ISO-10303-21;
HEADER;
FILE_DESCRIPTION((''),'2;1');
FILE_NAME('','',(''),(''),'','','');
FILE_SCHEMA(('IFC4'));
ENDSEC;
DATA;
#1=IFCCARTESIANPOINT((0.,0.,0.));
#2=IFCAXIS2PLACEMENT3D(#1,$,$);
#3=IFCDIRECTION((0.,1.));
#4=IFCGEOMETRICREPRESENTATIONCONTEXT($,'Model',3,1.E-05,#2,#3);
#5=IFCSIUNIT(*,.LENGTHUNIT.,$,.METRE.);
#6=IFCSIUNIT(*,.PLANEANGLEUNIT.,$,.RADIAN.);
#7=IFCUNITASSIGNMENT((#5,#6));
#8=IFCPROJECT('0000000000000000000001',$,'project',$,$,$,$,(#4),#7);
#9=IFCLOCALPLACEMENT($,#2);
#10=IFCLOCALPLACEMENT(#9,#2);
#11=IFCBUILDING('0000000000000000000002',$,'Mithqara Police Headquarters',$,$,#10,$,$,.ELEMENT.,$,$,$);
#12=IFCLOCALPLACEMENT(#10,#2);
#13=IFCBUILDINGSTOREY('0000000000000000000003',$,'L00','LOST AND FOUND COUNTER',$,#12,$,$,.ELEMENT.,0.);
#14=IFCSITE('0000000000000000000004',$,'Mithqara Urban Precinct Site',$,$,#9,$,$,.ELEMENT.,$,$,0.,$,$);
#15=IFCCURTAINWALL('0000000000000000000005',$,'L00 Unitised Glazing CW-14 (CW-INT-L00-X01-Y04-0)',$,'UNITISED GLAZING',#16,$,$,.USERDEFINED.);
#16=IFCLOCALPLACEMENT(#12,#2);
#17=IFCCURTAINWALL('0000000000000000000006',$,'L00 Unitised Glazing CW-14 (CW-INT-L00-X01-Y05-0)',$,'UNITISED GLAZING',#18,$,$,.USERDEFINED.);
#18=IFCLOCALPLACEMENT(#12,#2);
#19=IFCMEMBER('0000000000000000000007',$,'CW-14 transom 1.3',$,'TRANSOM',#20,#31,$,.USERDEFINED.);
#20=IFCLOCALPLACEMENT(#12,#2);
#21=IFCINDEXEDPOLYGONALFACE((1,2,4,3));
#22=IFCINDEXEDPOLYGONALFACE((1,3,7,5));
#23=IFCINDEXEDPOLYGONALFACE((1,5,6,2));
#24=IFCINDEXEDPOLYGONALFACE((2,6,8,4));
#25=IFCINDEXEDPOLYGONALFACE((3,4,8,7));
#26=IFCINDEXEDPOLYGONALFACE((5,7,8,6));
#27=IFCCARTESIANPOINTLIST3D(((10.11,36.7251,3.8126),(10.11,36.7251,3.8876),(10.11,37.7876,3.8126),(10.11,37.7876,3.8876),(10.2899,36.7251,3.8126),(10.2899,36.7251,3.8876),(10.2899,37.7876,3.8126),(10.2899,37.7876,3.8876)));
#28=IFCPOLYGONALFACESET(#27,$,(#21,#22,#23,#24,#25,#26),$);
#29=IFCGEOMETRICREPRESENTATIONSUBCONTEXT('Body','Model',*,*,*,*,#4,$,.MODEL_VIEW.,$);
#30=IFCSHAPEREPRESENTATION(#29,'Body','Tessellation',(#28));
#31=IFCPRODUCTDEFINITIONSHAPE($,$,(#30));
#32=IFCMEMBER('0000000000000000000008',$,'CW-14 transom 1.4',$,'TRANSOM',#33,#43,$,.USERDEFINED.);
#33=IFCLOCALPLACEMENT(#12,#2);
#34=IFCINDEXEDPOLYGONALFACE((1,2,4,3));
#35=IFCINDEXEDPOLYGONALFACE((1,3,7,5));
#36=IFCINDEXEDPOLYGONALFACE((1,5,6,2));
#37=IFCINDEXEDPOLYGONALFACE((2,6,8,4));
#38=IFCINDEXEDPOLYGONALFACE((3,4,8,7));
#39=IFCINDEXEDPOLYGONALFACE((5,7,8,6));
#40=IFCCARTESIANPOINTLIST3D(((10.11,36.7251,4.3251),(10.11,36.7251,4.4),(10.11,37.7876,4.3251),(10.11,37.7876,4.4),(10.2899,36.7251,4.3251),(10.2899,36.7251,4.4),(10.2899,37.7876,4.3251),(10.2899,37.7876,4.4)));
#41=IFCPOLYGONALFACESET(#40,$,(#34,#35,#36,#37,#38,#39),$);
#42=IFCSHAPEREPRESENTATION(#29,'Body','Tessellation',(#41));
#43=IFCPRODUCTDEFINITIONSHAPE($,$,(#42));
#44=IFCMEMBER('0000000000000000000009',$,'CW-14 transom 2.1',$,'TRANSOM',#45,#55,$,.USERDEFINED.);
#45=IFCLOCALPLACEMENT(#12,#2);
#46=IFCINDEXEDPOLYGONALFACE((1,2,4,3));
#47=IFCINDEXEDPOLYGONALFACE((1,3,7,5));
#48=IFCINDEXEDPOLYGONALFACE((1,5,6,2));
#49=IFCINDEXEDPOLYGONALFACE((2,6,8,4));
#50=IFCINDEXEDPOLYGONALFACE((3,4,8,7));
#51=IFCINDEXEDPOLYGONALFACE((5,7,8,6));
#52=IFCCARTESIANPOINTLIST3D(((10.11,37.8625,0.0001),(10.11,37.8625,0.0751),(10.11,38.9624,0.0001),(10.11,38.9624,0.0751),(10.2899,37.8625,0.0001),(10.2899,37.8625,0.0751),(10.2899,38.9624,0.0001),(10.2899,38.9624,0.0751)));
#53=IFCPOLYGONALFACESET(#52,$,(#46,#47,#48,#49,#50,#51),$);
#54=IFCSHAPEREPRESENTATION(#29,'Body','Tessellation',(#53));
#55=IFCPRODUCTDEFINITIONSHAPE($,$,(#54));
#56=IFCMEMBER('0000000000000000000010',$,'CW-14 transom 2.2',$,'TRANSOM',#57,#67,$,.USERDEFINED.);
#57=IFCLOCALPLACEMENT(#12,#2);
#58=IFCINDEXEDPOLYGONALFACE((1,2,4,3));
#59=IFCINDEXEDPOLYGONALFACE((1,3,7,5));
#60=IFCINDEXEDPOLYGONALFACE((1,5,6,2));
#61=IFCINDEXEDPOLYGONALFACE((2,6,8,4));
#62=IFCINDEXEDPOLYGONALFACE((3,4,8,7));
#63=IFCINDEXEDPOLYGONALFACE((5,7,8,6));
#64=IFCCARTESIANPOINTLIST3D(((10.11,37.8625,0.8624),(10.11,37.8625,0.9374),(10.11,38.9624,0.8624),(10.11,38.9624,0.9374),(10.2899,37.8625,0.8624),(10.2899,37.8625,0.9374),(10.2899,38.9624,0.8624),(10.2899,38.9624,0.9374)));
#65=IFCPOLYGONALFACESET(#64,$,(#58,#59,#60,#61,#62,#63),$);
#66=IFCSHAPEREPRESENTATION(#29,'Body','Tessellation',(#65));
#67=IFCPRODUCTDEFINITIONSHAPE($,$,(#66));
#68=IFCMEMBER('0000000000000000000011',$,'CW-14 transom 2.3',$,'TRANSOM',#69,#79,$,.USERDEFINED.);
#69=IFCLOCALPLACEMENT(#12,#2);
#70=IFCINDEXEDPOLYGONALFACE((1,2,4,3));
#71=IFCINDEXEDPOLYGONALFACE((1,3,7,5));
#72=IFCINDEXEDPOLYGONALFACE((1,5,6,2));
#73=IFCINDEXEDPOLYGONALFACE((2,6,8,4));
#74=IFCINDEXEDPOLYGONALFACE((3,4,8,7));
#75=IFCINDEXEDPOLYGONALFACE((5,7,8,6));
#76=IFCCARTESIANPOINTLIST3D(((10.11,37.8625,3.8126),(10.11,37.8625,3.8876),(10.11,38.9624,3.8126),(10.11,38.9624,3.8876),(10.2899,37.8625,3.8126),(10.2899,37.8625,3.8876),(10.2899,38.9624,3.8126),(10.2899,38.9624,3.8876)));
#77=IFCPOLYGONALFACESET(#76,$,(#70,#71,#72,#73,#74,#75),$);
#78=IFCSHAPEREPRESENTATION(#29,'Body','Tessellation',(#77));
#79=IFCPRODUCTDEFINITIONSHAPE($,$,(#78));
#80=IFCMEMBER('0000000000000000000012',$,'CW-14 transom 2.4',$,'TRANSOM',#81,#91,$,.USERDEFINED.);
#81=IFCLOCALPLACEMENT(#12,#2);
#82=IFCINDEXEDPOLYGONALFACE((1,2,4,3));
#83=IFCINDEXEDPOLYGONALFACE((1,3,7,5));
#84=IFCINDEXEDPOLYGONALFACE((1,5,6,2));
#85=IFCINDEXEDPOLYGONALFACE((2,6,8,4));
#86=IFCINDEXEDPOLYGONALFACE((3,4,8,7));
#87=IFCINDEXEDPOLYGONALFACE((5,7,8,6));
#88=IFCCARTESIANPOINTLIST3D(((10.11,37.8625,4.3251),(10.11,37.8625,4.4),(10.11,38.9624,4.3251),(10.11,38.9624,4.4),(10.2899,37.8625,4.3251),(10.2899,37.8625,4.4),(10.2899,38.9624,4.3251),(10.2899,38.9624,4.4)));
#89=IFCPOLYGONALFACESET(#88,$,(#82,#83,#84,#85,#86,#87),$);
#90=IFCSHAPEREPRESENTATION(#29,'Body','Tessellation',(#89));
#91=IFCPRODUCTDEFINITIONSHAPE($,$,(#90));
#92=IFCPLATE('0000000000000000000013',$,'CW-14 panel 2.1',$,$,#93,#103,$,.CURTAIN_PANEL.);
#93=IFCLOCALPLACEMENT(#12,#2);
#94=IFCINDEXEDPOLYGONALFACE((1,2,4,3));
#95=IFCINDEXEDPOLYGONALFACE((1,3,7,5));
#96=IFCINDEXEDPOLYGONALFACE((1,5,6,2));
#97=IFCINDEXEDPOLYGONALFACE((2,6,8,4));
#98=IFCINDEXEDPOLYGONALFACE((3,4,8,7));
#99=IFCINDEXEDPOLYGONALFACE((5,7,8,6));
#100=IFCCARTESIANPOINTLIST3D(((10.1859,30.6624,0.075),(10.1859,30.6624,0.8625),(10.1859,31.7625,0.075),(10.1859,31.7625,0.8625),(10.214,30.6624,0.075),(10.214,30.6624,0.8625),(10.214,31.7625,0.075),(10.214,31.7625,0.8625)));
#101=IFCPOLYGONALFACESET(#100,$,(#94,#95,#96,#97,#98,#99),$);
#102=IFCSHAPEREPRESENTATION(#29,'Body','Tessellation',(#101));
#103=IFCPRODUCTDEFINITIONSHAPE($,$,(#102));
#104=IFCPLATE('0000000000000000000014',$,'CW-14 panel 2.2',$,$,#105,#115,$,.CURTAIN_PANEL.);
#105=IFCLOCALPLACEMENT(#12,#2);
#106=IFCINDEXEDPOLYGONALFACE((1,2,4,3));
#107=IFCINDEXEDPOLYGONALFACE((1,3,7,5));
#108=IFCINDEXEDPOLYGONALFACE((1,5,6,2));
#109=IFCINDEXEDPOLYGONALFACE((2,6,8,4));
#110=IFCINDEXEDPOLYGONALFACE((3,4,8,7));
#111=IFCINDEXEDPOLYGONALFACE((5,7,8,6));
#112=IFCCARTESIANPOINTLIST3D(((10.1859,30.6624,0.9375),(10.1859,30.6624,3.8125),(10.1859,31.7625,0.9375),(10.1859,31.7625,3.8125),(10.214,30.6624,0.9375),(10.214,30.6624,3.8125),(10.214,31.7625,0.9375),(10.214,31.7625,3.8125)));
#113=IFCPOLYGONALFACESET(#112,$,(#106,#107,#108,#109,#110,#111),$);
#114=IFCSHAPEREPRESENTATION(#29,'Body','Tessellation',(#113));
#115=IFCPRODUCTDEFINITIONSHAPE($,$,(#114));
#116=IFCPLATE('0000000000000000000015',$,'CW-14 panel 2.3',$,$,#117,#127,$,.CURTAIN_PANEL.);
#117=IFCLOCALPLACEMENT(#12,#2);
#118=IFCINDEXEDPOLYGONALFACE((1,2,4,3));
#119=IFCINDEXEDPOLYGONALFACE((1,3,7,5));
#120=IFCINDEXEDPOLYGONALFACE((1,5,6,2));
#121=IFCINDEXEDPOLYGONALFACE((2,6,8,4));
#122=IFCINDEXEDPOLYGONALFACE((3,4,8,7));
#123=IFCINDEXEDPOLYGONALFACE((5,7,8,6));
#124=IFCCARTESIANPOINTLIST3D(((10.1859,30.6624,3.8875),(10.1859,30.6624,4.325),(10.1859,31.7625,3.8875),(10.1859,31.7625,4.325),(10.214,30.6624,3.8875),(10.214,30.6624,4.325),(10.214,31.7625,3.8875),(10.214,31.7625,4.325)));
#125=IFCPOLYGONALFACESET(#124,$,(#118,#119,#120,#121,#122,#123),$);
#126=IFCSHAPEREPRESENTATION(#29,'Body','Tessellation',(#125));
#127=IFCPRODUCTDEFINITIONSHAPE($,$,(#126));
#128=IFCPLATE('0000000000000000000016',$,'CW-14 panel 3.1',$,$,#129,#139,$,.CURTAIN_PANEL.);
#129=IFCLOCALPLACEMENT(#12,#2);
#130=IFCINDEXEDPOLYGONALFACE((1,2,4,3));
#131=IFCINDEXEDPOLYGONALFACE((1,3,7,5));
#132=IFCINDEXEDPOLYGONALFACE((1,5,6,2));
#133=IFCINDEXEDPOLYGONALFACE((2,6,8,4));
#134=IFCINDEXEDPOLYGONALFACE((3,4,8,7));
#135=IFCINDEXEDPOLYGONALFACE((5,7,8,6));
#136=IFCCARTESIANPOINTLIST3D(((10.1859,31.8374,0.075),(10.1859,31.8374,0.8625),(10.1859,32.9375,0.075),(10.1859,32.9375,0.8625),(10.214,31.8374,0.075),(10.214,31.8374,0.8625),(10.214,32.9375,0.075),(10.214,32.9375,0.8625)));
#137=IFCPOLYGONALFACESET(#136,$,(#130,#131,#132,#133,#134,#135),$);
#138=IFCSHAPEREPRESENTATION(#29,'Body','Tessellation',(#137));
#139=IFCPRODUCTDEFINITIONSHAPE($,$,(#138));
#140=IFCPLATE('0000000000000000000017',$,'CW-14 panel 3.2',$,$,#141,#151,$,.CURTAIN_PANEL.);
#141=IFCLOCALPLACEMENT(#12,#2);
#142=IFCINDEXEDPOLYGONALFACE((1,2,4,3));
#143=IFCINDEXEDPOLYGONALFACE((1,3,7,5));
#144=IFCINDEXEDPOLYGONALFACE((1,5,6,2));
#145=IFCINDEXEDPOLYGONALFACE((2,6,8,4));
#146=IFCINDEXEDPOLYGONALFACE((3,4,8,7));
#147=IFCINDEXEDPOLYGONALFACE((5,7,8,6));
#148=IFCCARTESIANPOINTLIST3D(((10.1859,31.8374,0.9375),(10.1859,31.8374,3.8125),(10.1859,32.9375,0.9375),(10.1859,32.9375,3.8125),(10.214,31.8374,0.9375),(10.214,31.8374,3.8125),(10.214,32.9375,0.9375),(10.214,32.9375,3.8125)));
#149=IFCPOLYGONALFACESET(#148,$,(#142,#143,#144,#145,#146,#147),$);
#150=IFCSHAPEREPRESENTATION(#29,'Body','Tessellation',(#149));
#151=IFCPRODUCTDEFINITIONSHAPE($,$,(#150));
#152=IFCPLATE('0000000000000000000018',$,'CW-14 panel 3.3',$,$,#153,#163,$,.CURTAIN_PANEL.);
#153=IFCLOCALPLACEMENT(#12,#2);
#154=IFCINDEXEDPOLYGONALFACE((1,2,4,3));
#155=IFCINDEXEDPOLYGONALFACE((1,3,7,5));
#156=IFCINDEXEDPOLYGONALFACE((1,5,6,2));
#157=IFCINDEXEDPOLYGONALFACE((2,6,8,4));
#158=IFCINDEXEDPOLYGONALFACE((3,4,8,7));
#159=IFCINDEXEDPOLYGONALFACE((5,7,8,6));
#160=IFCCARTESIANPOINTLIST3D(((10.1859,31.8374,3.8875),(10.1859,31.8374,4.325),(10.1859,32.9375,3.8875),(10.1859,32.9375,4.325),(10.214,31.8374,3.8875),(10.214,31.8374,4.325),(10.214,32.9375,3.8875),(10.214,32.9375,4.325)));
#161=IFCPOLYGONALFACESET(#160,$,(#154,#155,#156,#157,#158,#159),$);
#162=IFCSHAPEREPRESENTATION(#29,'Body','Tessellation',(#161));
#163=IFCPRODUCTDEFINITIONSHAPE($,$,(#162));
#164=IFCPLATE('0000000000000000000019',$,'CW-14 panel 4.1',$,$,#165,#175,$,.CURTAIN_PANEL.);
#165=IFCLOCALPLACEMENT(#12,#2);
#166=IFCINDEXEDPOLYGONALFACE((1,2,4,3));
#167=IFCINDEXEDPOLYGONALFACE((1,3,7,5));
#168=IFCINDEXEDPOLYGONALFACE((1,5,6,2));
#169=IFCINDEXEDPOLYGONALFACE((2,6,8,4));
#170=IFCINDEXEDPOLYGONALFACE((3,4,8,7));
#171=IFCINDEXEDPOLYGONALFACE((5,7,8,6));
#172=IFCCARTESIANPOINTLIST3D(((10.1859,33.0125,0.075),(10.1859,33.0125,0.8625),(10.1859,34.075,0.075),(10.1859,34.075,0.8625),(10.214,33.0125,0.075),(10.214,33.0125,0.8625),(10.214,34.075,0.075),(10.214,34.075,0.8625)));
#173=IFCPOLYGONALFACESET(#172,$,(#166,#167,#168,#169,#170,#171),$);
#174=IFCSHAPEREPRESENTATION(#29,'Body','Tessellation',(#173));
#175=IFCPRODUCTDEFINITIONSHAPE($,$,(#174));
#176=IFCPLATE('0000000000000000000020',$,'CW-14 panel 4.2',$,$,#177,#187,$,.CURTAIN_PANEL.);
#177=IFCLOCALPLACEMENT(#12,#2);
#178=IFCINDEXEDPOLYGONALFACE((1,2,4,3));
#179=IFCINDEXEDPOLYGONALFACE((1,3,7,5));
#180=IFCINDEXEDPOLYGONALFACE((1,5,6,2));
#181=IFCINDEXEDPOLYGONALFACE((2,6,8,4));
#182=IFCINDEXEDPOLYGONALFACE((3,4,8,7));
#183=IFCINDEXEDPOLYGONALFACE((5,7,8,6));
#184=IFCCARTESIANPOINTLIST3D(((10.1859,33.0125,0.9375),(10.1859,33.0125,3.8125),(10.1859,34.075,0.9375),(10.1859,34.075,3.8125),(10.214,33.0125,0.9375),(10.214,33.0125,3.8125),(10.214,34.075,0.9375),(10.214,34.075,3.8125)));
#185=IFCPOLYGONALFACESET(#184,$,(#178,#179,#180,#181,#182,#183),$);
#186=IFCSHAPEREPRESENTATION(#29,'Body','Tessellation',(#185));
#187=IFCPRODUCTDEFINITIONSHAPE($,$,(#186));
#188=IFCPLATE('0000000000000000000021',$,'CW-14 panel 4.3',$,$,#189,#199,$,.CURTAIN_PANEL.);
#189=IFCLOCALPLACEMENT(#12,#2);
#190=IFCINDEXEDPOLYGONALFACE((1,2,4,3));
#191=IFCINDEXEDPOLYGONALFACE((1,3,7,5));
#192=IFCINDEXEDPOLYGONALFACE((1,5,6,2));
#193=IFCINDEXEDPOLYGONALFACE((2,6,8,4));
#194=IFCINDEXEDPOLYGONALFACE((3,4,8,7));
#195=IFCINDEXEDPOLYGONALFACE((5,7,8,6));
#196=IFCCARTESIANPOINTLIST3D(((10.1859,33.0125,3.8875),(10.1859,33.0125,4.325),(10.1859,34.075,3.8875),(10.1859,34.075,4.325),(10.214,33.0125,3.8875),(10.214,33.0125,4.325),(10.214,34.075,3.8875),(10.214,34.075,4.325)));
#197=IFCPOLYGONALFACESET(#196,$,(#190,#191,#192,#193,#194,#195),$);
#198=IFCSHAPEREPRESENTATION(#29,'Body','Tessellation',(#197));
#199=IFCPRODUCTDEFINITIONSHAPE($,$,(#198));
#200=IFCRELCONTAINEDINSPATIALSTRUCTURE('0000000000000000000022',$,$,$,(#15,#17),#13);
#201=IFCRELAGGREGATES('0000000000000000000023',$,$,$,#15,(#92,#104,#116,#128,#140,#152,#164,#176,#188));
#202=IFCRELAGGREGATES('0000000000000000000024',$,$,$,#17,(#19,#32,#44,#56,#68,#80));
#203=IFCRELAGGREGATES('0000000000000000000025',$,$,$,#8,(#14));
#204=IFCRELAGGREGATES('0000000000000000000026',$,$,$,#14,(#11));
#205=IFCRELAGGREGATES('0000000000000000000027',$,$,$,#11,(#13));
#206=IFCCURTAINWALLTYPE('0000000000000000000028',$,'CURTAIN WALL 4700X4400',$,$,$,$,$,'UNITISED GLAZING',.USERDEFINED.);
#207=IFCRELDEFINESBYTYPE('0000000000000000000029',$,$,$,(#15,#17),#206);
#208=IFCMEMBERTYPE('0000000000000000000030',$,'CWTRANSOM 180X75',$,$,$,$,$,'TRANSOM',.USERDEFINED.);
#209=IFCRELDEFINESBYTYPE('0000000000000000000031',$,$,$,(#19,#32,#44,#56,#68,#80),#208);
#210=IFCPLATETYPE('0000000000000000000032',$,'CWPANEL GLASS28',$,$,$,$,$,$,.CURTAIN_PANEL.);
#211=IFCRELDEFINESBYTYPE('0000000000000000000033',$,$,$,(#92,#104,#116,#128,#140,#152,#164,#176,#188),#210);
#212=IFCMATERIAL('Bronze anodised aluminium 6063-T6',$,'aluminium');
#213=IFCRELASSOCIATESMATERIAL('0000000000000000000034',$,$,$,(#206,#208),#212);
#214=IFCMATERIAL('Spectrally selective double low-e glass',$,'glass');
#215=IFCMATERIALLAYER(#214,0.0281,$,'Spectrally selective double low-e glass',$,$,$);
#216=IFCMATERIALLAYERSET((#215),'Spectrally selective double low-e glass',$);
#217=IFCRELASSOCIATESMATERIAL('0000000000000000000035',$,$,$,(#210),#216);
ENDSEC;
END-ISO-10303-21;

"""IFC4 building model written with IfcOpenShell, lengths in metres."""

from ifc_helpers import new_model, si_unit, direction, frame, origin, origin_2d, place, context, subcontext, project, spatial, rectangle, extrude, material, layer, layer_set, material_profile, profile_set, type_object, element, aggregate, save


model = new_model("IFC4")

# Units and contexts
model_context = context("Model", 3, precision=1e-05, world=origin(), true_north=direction((0.0, 1.0)))
body_context = subcontext(model_context, "Body", "Model", "MODEL_VIEW")
ifc_project = project(units=[si_unit("LENGTHUNIT", "METRE"), si_unit("PLANEANGLEUNIT", "RADIAN")], contexts=[model_context])

# Site, building, storey
site_placement = place(None, origin())
site = spatial("IfcSite", under=ifc_project, at=site_placement, Name="Mithqara Urban Precinct Site", CompositionType="ELEMENT", RefElevation=0.0)
building_placement = place(site_placement, origin())
building = spatial("IfcBuilding", under=site, at=building_placement, Name="Mithqara Police Headquarters", CompositionType="ELEMENT")
storey_placement = place(building_placement, origin())
storey = spatial("IfcBuildingStorey", under=building, at=storey_placement, Name="L00", Description="LOST AND FOUND COUNTER", CompositionType="ELEMENT", Elevation=0.0)

# Curtain walls
ifc_material_1 = material(Name="Bronze anodised aluminium 6063-T6", Category="aluminium")
curtain_wall_type = type_object("IfcCurtainWallType", Name="CURTAIN WALL 4700X4400", ElementType="UNITISED GLAZING", PredefinedType="USERDEFINED", material=ifc_material_1)
curtain_wall_1_placement = place(storey_placement, origin())
curtain_wall_1 = element("IfcCurtainWall", 1, at=curtain_wall_1_placement, inside=storey, type_object=curtain_wall_type, Name="L00 Unitised Glazing CW-14 (CW-INT-L00-X01-Y04-0)", ObjectType="UNITISED GLAZING", PredefinedType="USERDEFINED")
curtain_wall_2_placement = place(storey_placement, origin())
curtain_wall_2 = element("IfcCurtainWall", 2, at=curtain_wall_2_placement, inside=storey, type_object=curtain_wall_type, Name="L00 Unitised Glazing CW-14 (CW-INT-L00-X01-Y05-0)", ObjectType="UNITISED GLAZING", PredefinedType="USERDEFINED")

# Members
ifc_material_profile_1 = material_profile(ifc_material_1, rectangle(XDim=0.1799, YDim=0.075, at=origin_2d()), Name="CWT 180x75")
ifc_profile_set_1 = profile_set([ifc_material_profile_1], Name="Bronze anodised aluminium 6063-T6")
member_type_1 = type_object("IfcMemberType", Name="CWTRANSOM 180X75", ElementType="TRANSOM", PredefinedType="USERDEFINED", material=ifc_profile_set_1)
member_1_placement = place(storey_placement, frame((10.2, 36.7251, 3.8501), z_axis=(0.0, 1.0, 0.0), x_axis=(-1.0, 0.0, 0.0)))
member_1 = element("IfcMember", 3, at=member_1_placement, type_object=member_type_1, Name="CW-14 transom 1.3", ObjectType="TRANSOM", PredefinedType="USERDEFINED", context=body_context, shape_type="SweptSolid", body=[
    extrude(rectangle(XDim=0.1799, YDim=0.075, at=origin_2d()), origin(), (0.0, 0.0, 1.0), 1.0625),
])
member_2_placement = place(storey_placement, frame((10.2, 36.7251, 4.3625), z_axis=(0.0, 1.0, 0.0), x_axis=(-1.0, 0.0, 0.0)))
member_2 = element("IfcMember", 4, at=member_2_placement, type_object=member_type_1, Name="CW-14 transom 1.4", ObjectType="TRANSOM", PredefinedType="USERDEFINED", context=body_context, shape_type="SweptSolid", body=[
    extrude(rectangle(XDim=0.1799, YDim=0.075, at=origin_2d()), origin(), (0.0, 0.0, 1.0), 1.0625),
])
member_3_placement = place(storey_placement, frame((10.2, 37.8625, 0.0376), z_axis=(0.0, 1.0, 0.0), x_axis=(-1.0, 0.0, 0.0)))
member_3 = element("IfcMember", 5, at=member_3_placement, type_object=member_type_1, Name="CW-14 transom 2.1", ObjectType="TRANSOM", PredefinedType="USERDEFINED", context=body_context, shape_type="SweptSolid", body=[
    extrude(rectangle(XDim=0.1799, YDim=0.075, at=origin_2d()), origin(), (0.0, 0.0, 1.0), 1.0999),
])
member_4_placement = place(storey_placement, frame((10.2, 37.8625, 0.8999), z_axis=(0.0, 1.0, 0.0), x_axis=(-1.0, 0.0, 0.0)))
member_4 = element("IfcMember", 6, at=member_4_placement, type_object=member_type_1, Name="CW-14 transom 2.2", ObjectType="TRANSOM", PredefinedType="USERDEFINED", context=body_context, shape_type="SweptSolid", body=[
    extrude(rectangle(XDim=0.1799, YDim=0.075, at=origin_2d()), origin(), (0.0, 0.0, 1.0), 1.0999),
])
member_5_placement = place(storey_placement, frame((10.2, 37.8625, 3.8501), z_axis=(0.0, 1.0, 0.0), x_axis=(-1.0, 0.0, 0.0)))
member_5 = element("IfcMember", 7, at=member_5_placement, type_object=member_type_1, Name="CW-14 transom 2.3", ObjectType="TRANSOM", PredefinedType="USERDEFINED", context=body_context, shape_type="SweptSolid", body=[
    extrude(rectangle(XDim=0.1799, YDim=0.075, at=origin_2d()), origin(), (0.0, 0.0, 1.0), 1.0999),
])
member_6_placement = place(storey_placement, frame((10.2, 37.8625, 4.3625), z_axis=(0.0, 1.0, 0.0), x_axis=(-1.0, 0.0, 0.0)))
member_6 = element("IfcMember", 8, at=member_6_placement, type_object=member_type_1, Name="CW-14 transom 2.4", ObjectType="TRANSOM", PredefinedType="USERDEFINED", context=body_context, shape_type="SweptSolid", body=[
    extrude(rectangle(XDim=0.1799, YDim=0.075, at=origin_2d()), origin(), (0.0, 0.0, 1.0), 1.0999),
])

# Plates
ifc_material_2 = material(Name="Spectrally selective double low-e glass", Category="glass")
ifc_layer_1 = layer(ifc_material_2, 0.0281, Name="Spectrally selective double low-e glass")
ifc_layer_set_1 = layer_set([ifc_layer_1], Name="Spectrally selective double low-e glass")
plate_type_1 = type_object("IfcPlateType", Name="CWPANEL GLASS28", PredefinedType="CURTAIN_PANEL", material=ifc_layer_set_1)
plate_1_placement = place(storey_placement, frame((10.2, 31.2124, 0.075), z_axis=(0.0, 0.0, 1.0), x_axis=(0.0, 1.0, 0.0)))
plate_1 = element("IfcPlate", 9, at=plate_1_placement, type_object=plate_type_1, Name="CW-14 panel 2.1", PredefinedType="CURTAIN_PANEL", context=body_context, shape_type="SweptSolid", body=[
    extrude(rectangle(XDim=1.1001, YDim=0.0281, at=origin_2d()), origin(), (0.0, 0.0, 1.0), 0.7876),
])
plate_2_placement = place(storey_placement, frame((10.2, 31.2124, 0.9375), z_axis=(0.0, 0.0, 1.0), x_axis=(0.0, 1.0, 0.0)))
plate_2 = element("IfcPlate", 10, at=plate_2_placement, type_object=plate_type_1, Name="CW-14 panel 2.2", PredefinedType="CURTAIN_PANEL", context=body_context, shape_type="SweptSolid", body=[
    extrude(rectangle(XDim=1.1001, YDim=0.0281, at=origin_2d()), origin(), (0.0, 0.0, 1.0), 2.875),
])
plate_3_placement = place(storey_placement, frame((10.2, 31.2124, 3.8875), z_axis=(0.0, 0.0, 1.0), x_axis=(0.0, 1.0, 0.0)))
plate_3 = element("IfcPlate", 11, at=plate_3_placement, type_object=plate_type_1, Name="CW-14 panel 2.3", PredefinedType="CURTAIN_PANEL", context=body_context, shape_type="SweptSolid", body=[
    extrude(rectangle(XDim=1.1001, YDim=0.0281, at=origin_2d()), origin(), (0.0, 0.0, 1.0), 0.4375),
])
plate_4_placement = place(storey_placement, frame((10.2, 32.3875, 0.075), z_axis=(0.0, 0.0, 1.0), x_axis=(0.0, 1.0, 0.0)))
plate_4 = element("IfcPlate", 12, at=plate_4_placement, type_object=plate_type_1, Name="CW-14 panel 3.1", PredefinedType="CURTAIN_PANEL", context=body_context, shape_type="SweptSolid", body=[
    extrude(rectangle(XDim=1.1001, YDim=0.0281, at=origin_2d()), origin(), (0.0, 0.0, 1.0), 0.7876),
])
plate_5_placement = place(storey_placement, frame((10.2, 32.3875, 0.9375), z_axis=(0.0, 0.0, 1.0), x_axis=(0.0, 1.0, 0.0)))
plate_5 = element("IfcPlate", 13, at=plate_5_placement, type_object=plate_type_1, Name="CW-14 panel 3.2", PredefinedType="CURTAIN_PANEL", context=body_context, shape_type="SweptSolid", body=[
    extrude(rectangle(XDim=1.1001, YDim=0.0281, at=origin_2d()), origin(), (0.0, 0.0, 1.0), 2.875),
])
plate_6_placement = place(storey_placement, frame((10.2, 32.3875, 3.8875), z_axis=(0.0, 0.0, 1.0), x_axis=(0.0, 1.0, 0.0)))
plate_6 = element("IfcPlate", 14, at=plate_6_placement, type_object=plate_type_1, Name="CW-14 panel 3.3", PredefinedType="CURTAIN_PANEL", context=body_context, shape_type="SweptSolid", body=[
    extrude(rectangle(XDim=1.1001, YDim=0.0281, at=origin_2d()), origin(), (0.0, 0.0, 1.0), 0.4375),
])
plate_7_placement = place(storey_placement, frame((10.2, 33.5437, 0.075), z_axis=(0.0, 0.0, 1.0), x_axis=(0.0, 1.0, 0.0)))
plate_7 = element("IfcPlate", 15, at=plate_7_placement, type_object=plate_type_1, Name="CW-14 panel 4.1", PredefinedType="CURTAIN_PANEL", context=body_context, shape_type="SweptSolid", body=[
    extrude(rectangle(XDim=1.0625, YDim=0.0281, at=origin_2d()), origin(), (0.0, 0.0, 1.0), 0.7876),
])
plate_8_placement = place(storey_placement, frame((10.2, 33.5437, 0.9375), z_axis=(0.0, 0.0, 1.0), x_axis=(0.0, 1.0, 0.0)))
plate_8 = element("IfcPlate", 16, at=plate_8_placement, type_object=plate_type_1, Name="CW-14 panel 4.2", PredefinedType="CURTAIN_PANEL", context=body_context, shape_type="SweptSolid", body=[
    extrude(rectangle(XDim=1.0625, YDim=0.0281, at=origin_2d()), origin(), (0.0, 0.0, 1.0), 2.875),
])
plate_9_placement = place(storey_placement, frame((10.2, 33.5437, 3.8875), z_axis=(0.0, 0.0, 1.0), x_axis=(0.0, 1.0, 0.0)))
plate_9 = element("IfcPlate", 17, at=plate_9_placement, type_object=plate_type_1, Name="CW-14 panel 4.3", PredefinedType="CURTAIN_PANEL", context=body_context, shape_type="SweptSolid", body=[
    extrude(rectangle(XDim=1.0625, YDim=0.0281, at=origin_2d()), origin(), (0.0, 0.0, 1.0), 0.4375),
])
aggregate(curtain_wall_1, [plate_1, plate_2, plate_3, plate_4, plate_5, plate_6, plate_7, plate_8, plate_9])
aggregate(curtain_wall_2, [member_1, member_2, member_3, member_4, member_5, member_6])

save(model, "model.ifc")
